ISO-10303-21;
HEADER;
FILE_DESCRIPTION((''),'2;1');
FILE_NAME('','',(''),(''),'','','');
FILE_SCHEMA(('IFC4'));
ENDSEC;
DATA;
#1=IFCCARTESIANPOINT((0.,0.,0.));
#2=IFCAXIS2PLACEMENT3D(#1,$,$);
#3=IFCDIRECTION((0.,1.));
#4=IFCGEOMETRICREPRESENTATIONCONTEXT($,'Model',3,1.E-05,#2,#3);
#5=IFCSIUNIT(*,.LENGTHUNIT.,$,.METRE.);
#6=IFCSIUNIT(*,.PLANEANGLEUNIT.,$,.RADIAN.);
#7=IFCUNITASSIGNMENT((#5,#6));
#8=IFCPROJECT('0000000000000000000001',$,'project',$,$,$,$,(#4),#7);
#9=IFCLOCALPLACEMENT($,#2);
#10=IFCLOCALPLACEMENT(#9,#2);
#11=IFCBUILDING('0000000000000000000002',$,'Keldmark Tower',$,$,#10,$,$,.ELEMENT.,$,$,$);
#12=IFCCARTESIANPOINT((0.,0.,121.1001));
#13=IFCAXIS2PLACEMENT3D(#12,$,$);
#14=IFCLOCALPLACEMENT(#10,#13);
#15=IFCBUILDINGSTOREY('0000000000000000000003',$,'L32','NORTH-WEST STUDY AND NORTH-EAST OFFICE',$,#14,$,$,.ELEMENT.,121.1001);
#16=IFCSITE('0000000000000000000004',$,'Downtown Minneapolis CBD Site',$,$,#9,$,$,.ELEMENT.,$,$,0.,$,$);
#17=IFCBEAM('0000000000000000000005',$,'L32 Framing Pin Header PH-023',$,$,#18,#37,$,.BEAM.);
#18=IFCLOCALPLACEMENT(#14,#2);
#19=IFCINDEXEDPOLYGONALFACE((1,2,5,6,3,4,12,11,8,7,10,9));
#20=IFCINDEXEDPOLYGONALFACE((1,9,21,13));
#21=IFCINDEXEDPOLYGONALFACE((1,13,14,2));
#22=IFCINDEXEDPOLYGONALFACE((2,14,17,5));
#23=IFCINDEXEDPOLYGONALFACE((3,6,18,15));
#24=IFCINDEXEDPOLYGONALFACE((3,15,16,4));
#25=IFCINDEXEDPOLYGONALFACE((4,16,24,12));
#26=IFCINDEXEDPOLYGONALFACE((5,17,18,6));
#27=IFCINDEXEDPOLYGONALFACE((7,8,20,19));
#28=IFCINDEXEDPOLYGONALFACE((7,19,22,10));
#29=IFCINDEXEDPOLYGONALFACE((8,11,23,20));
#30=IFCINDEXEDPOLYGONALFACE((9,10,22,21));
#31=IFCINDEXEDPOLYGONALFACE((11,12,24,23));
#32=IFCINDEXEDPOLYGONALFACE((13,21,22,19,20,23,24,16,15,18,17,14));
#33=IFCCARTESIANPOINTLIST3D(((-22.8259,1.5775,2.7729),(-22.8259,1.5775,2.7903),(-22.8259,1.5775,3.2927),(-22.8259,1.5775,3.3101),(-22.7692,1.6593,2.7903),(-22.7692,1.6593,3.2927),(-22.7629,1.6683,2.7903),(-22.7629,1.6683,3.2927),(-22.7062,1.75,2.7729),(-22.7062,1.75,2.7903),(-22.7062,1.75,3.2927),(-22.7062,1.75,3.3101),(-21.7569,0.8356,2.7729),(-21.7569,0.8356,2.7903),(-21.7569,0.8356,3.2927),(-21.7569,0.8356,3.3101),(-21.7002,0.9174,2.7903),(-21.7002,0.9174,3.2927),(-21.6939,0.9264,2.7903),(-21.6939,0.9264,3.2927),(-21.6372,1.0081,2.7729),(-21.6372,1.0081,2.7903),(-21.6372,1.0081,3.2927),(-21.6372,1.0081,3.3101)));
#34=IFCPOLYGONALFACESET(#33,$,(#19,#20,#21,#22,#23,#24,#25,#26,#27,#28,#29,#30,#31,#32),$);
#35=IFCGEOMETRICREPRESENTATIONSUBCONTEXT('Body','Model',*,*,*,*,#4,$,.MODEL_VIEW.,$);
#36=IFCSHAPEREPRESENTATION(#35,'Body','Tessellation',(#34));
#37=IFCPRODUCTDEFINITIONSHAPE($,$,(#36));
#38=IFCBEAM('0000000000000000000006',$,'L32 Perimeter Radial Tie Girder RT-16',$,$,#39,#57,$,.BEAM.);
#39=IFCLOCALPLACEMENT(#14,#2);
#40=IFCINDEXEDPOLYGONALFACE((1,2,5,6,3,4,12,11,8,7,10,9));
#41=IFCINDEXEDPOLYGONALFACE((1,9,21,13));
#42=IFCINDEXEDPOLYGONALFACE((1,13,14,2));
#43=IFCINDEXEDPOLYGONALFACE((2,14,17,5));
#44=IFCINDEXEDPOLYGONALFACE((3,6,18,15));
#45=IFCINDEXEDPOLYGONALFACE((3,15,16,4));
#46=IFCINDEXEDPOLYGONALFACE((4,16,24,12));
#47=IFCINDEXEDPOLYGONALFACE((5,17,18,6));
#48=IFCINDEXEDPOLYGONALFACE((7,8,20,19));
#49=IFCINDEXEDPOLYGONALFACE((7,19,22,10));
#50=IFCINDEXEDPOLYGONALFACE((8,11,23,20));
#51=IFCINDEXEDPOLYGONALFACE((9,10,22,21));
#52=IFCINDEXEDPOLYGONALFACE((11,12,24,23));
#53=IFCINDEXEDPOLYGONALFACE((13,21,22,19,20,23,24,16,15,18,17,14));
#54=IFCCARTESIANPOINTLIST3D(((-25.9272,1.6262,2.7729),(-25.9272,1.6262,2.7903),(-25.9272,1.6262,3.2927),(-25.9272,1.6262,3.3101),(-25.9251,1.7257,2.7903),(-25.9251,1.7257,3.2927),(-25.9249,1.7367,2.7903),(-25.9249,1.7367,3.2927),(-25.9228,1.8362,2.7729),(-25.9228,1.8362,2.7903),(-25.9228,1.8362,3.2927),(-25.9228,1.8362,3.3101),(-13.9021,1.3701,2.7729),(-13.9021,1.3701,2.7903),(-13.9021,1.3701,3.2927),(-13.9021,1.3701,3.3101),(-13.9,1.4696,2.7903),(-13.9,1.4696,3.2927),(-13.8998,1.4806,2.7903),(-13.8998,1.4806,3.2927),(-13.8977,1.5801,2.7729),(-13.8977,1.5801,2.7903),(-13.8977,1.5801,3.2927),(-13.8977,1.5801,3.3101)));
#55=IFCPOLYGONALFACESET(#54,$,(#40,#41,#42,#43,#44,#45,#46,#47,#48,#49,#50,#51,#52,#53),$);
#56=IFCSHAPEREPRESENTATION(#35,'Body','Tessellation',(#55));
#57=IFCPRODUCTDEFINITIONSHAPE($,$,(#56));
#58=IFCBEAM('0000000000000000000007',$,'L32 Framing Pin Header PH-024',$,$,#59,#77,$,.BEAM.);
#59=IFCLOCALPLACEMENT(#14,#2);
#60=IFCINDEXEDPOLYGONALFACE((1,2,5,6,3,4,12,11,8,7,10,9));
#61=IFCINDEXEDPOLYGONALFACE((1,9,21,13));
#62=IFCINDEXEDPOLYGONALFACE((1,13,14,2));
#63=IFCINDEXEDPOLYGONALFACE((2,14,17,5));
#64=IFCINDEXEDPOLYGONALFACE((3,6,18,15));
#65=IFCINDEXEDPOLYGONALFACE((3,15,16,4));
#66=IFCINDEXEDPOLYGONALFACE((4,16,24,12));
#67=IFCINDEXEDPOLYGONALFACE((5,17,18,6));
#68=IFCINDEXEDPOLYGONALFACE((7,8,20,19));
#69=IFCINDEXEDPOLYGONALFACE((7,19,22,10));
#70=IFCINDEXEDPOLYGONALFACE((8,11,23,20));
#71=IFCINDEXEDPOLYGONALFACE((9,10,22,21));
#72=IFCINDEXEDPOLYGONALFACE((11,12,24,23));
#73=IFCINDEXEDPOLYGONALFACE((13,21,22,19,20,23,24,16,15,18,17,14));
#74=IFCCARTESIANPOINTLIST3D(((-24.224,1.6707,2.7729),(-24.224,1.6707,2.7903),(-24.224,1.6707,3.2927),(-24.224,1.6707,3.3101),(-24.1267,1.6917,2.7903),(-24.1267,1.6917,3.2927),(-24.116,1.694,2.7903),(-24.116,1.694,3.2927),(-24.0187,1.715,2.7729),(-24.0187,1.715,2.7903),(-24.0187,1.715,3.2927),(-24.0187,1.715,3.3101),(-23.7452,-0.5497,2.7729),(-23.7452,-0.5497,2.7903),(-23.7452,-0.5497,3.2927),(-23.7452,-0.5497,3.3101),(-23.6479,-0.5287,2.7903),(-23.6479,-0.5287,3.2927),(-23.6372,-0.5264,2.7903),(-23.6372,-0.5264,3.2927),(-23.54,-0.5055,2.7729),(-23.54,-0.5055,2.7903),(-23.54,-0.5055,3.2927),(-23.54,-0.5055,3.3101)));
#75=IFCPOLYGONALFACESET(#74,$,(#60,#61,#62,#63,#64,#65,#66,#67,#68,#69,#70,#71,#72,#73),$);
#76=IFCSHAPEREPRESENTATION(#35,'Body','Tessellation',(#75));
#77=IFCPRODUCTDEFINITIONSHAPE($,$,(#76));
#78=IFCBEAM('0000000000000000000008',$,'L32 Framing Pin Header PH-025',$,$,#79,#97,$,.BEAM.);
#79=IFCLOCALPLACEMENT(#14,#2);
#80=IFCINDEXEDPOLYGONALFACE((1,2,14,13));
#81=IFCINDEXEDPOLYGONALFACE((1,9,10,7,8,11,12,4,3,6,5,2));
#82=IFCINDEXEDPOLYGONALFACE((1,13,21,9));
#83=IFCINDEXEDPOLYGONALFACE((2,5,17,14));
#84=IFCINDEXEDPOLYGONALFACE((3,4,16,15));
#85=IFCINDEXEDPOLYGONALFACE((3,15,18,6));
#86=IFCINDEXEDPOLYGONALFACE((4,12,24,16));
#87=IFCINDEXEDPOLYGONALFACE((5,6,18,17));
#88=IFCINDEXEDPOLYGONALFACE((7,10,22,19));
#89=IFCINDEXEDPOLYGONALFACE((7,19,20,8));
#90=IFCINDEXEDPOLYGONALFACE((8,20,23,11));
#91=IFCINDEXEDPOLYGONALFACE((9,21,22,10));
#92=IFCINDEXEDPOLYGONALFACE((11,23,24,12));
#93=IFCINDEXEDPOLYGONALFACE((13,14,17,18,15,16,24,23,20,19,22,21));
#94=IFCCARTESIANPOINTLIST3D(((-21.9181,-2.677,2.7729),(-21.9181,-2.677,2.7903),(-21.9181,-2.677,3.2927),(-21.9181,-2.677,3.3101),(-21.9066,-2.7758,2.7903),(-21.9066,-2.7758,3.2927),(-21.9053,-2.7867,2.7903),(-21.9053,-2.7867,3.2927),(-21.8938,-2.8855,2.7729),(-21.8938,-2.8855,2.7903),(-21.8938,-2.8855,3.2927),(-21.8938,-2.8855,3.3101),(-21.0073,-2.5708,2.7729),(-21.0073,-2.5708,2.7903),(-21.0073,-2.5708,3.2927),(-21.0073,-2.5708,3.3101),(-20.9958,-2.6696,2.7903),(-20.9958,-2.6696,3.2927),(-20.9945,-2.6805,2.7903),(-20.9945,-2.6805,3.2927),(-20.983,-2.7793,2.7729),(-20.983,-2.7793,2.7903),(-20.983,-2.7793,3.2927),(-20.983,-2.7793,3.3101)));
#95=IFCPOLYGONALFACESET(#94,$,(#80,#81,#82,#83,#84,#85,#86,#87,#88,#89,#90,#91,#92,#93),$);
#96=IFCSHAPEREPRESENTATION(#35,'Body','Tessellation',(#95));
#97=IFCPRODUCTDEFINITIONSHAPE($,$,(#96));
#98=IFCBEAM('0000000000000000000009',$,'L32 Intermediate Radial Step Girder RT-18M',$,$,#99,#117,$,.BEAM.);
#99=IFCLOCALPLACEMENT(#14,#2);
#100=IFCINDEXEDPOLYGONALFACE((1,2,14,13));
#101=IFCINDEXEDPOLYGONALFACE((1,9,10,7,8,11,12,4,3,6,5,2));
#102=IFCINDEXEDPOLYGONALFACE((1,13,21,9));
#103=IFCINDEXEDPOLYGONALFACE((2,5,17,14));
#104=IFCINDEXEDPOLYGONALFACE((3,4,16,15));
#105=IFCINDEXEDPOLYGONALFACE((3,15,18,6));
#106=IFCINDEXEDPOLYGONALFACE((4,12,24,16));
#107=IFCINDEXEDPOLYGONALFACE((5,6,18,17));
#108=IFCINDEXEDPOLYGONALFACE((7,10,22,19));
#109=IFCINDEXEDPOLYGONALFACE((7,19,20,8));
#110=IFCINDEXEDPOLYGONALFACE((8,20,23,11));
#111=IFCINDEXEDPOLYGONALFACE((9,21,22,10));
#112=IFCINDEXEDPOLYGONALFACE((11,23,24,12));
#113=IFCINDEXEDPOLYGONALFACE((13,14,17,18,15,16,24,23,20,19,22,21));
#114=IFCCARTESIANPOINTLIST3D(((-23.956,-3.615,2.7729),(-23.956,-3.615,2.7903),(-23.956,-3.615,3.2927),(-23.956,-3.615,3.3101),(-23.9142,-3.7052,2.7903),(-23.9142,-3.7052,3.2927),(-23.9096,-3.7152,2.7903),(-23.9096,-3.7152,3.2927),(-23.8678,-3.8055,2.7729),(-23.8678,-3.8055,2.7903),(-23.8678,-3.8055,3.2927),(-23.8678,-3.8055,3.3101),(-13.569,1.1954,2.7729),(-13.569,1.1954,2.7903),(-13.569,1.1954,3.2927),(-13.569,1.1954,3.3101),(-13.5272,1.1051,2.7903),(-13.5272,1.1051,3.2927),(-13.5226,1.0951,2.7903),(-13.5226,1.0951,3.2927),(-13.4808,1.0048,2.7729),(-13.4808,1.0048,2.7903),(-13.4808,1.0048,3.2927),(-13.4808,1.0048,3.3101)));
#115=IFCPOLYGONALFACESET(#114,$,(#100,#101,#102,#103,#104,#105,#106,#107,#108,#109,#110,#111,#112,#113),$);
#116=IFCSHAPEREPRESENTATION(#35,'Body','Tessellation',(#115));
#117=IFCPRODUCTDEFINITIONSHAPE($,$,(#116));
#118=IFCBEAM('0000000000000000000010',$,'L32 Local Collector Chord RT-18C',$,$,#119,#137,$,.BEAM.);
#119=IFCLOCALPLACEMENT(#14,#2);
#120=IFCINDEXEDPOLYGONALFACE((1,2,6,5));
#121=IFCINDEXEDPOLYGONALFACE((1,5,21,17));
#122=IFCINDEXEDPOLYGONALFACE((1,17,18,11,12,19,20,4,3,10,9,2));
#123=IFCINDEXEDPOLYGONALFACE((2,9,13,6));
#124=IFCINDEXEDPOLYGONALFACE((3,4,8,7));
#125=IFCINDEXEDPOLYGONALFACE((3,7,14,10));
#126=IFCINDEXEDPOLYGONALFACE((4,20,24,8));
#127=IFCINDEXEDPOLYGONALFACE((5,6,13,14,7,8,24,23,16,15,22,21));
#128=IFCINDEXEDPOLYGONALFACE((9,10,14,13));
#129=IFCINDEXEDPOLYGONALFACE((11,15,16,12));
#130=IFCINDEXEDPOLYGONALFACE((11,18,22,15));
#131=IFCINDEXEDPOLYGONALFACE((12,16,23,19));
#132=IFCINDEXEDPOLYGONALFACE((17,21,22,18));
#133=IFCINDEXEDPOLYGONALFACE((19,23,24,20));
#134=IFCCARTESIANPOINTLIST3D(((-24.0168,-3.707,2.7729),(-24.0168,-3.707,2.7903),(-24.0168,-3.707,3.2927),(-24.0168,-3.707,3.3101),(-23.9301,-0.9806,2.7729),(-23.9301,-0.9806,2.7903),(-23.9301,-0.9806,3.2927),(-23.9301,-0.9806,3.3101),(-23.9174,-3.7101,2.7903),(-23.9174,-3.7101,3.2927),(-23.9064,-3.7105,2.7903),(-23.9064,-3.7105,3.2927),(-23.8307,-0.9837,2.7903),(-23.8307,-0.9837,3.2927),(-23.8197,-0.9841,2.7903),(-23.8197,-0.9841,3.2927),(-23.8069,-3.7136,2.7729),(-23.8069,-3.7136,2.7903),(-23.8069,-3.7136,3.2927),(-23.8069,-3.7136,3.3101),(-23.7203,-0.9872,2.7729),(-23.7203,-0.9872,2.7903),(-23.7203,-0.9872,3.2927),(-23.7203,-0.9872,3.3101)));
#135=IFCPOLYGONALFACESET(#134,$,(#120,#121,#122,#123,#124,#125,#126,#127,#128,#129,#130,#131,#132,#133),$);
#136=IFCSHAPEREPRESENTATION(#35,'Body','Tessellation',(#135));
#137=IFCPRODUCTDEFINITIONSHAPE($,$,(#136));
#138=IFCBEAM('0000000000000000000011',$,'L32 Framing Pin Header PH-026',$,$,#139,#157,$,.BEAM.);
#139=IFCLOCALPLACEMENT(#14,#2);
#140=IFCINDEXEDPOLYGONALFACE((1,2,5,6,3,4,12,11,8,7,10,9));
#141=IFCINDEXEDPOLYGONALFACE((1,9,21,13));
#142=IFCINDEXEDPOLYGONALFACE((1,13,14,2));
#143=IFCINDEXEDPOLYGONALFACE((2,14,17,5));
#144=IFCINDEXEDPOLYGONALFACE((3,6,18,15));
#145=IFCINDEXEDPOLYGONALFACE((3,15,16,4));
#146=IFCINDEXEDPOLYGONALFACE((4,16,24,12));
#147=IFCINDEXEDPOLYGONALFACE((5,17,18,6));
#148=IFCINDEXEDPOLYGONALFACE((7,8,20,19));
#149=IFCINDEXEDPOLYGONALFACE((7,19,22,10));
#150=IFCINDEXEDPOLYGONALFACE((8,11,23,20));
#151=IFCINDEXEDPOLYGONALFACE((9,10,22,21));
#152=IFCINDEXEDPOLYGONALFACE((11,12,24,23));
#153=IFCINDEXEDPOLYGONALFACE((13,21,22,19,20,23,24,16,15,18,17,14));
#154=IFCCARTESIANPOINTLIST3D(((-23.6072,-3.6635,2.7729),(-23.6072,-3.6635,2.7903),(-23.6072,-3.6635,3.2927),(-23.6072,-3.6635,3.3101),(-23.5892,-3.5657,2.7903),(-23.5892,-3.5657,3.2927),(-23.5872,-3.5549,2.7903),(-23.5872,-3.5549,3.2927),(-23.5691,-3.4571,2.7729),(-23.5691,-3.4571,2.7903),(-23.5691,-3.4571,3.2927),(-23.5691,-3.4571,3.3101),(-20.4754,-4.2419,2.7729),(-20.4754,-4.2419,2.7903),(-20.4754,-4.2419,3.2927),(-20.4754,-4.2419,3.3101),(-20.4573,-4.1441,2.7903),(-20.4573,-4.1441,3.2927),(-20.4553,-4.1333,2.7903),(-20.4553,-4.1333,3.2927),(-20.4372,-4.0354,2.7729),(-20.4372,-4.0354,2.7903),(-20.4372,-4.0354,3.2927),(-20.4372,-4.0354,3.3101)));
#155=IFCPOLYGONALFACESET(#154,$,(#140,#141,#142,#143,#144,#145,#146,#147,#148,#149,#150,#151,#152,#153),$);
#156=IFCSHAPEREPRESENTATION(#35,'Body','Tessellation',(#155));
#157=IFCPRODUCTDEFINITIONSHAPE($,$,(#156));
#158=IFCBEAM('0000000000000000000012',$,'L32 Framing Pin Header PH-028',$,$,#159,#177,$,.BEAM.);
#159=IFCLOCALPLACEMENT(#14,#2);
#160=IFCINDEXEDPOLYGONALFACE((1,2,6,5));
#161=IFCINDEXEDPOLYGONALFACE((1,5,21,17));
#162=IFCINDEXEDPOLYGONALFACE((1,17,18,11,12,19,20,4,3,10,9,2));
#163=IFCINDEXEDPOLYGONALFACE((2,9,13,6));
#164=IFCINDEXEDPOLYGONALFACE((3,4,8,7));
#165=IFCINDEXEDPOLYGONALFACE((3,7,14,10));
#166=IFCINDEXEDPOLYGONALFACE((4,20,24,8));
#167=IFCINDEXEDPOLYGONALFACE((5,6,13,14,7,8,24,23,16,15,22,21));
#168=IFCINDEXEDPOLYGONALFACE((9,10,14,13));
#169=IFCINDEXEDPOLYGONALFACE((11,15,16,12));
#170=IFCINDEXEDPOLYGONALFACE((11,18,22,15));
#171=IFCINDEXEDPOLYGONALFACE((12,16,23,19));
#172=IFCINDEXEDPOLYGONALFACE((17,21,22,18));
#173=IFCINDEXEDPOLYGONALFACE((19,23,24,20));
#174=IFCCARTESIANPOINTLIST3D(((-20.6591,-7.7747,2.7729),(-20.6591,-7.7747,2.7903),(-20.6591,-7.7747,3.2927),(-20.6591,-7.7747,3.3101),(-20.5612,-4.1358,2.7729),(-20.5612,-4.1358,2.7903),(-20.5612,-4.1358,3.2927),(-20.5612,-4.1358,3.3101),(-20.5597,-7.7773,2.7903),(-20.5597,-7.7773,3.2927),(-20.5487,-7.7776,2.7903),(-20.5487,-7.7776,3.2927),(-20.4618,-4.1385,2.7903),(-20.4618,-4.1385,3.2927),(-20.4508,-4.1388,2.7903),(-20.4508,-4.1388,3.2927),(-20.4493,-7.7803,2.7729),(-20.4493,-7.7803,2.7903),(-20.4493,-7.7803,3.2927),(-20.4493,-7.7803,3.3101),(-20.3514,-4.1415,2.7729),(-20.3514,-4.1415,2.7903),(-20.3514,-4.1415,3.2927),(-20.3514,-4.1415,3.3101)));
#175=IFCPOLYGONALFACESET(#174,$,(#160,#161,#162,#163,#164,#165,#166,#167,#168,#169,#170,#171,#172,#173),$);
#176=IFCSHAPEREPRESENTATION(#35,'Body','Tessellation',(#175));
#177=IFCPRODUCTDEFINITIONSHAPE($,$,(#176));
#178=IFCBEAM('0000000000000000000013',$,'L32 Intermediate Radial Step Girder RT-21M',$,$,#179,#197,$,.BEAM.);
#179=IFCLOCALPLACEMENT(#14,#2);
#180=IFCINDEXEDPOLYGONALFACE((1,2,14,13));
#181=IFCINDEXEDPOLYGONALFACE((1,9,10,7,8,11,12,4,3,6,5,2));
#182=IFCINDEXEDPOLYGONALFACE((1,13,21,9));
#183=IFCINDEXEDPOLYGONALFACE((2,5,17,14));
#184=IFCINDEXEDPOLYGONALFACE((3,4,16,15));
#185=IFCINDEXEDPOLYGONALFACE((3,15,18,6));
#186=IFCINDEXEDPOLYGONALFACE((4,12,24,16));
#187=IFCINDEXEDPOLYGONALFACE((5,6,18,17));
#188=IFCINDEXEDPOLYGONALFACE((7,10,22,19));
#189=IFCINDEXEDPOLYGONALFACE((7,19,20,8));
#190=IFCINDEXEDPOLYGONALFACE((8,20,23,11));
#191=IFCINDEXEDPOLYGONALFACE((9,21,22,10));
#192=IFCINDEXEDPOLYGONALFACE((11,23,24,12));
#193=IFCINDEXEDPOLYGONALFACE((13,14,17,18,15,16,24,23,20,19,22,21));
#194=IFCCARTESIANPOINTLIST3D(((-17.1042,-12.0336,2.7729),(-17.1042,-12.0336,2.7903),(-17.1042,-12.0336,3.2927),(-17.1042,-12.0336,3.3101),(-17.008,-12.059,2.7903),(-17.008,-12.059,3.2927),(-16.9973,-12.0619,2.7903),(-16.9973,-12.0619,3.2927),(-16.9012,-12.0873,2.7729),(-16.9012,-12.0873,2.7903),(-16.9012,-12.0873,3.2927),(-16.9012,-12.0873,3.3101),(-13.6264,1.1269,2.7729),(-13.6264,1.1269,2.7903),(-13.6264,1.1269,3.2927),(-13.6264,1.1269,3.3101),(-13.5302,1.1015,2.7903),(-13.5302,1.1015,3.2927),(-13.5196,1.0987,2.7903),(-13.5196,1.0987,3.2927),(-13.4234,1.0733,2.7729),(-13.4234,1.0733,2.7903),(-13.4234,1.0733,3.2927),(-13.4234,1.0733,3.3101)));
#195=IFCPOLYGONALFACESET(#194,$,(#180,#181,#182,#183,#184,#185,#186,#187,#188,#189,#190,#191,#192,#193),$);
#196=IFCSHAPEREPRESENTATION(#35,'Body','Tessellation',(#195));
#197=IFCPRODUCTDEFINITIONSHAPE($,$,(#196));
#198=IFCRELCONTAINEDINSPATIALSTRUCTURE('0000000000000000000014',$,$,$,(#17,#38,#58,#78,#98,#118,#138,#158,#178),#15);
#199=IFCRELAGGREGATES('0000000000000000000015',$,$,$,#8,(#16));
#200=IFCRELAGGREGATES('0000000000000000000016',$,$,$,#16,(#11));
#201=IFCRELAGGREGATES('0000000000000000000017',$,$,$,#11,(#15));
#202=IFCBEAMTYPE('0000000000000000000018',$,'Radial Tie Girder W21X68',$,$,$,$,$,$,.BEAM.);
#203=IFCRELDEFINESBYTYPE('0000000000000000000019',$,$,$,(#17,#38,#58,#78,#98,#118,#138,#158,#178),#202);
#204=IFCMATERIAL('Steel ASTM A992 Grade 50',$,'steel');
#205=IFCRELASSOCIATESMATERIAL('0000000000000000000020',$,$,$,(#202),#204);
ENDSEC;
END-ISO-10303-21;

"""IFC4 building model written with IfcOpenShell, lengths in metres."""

from ifc_helpers import new_model, si_unit, direction, frame, origin, origin_2d, place, context, subcontext, project, spatial, i_section, extrude, material, material_profile, profile_set, type_object, element, save


model = new_model("IFC4")

# Units and contexts
model_context = context("Model", 3, precision=1e-05, world=origin(), true_north=direction((0.0, 1.0)))
body_context = subcontext(model_context, "Body", "Model", "MODEL_VIEW")
ifc_project = project(units=[si_unit("LENGTHUNIT", "METRE"), si_unit("PLANEANGLEUNIT", "RADIAN")], contexts=[model_context])

# Site, building, storey
site_placement = place(None, origin())
site = spatial("IfcSite", under=ifc_project, at=site_placement, Name="Downtown Minneapolis CBD Site", CompositionType="ELEMENT", RefElevation=0.0)
building_placement = place(site_placement, origin())
building = spatial("IfcBuilding", under=site, at=building_placement, Name="Keldmark Tower", CompositionType="ELEMENT")
storey_placement = place(building_placement, frame((0.0, 0.0, 121.1001)))
storey = spatial("IfcBuildingStorey", under=building, at=storey_placement, Name="L32", Description="NORTH-WEST STUDY AND NORTH-EAST OFFICE", CompositionType="ELEMENT", Elevation=121.1001)

# Beams
ifc_material_1 = material(Name="Steel ASTM A992 Grade 50", Category="steel")
ifc_material_profile_1 = material_profile(ifc_material_1, i_section(OverallWidth=0.21, OverallDepth=0.5371, WebThickness=0.011, FlangeThickness=0.0173, at=origin_2d()), Name="W21X68")
ifc_profile_set_1 = profile_set([ifc_material_profile_1], Name="Steel ASTM A992 Grade 50")
beam_type_1 = type_object("IfcBeamType", Name="Radial Tie Girder W21X68", PredefinedType="BEAM", material=ifc_profile_set_1)
beam_1_placement = place(storey_placement, frame((-21.697, 0.9219, 3.0415), z_axis=(-0.821543, 0.570146, 0.0), x_axis=(-0.570146, -0.821543, 0.0)))
element("IfcBeam", 1, at=beam_1_placement, inside=storey, type_object=beam_type_1, Name="L32 Framing Pin Header PH-023", PredefinedType="BEAM", context=body_context, shape_type="SweptSolid", body=[
    extrude(i_section(OverallWidth=0.21, OverallDepth=0.5371, WebThickness=0.011, FlangeThickness=0.0173, at=origin_2d()), origin(), (0.0, 0.0, 1.0), 1.3013),
])
beam_2_placement = place(storey_placement, frame((-13.8999, 1.4751, 3.0415), z_axis=(-0.999773, 0.021293, 0.0), x_axis=(-0.021293, -0.999773, 0.0)))
element("IfcBeam", 2, at=beam_2_placement, inside=storey, type_object=beam_type_1, Name="L32 Perimeter Radial Tie Girder RT-16", PredefinedType="BEAM", context=body_context, shape_type="SweptSolid", body=[
    extrude(i_section(OverallWidth=0.21, OverallDepth=0.5371, WebThickness=0.011, FlangeThickness=0.0173, at=origin_2d()), origin(), (0.0, 0.0, 1.0), 12.0278),
])
beam_3_placement = place(storey_placement, frame((-24.1213, 1.6929, 3.0415), z_axis=(0.210769, -0.977536, 0.0), x_axis=(0.977536, 0.210769, 0.0)))
element("IfcBeam", 3, at=beam_3_placement, inside=storey, type_object=beam_type_1, Name="L32 Framing Pin Header PH-024", PredefinedType="BEAM", context=body_context, shape_type="SweptSolid", body=[
    extrude(i_section(OverallWidth=0.21, OverallDepth=0.5371, WebThickness=0.011, FlangeThickness=0.0173, at=origin_2d()), origin(), (0.0, 0.0, 1.0), 2.2715),
])
beam_4_placement = place(storey_placement, frame((-20.9951, -2.675, 3.0415), z_axis=(-0.993272, -0.115806, 0.0), x_axis=(0.115806, -0.993272, 0.0)))
element("IfcBeam", 4, at=beam_4_placement, inside=storey, type_object=beam_type_1, Name="L32 Framing Pin Header PH-025", PredefinedType="BEAM", context=body_context, shape_type="SweptSolid", body=[
    extrude(i_section(OverallWidth=0.21, OverallDepth=0.5371, WebThickness=0.011, FlangeThickness=0.0173, at=origin_2d()), origin(), (0.0, 0.0, 1.0), 0.917),
])
beam_5_placement = place(storey_placement, frame((-13.5249, 1.1001, 3.0415), z_axis=(-0.907416, -0.420233, 0.0), x_axis=(0.420233, -0.907416, 0.0)))
element("IfcBeam", 5, at=beam_5_placement, inside=storey, type_object=beam_type_1, Name="L32 Intermediate Radial Step Girder RT-18M", PredefinedType="BEAM", context=body_context, shape_type="SweptSolid", body=[
    extrude(i_section(OverallWidth=0.21, OverallDepth=0.5371, WebThickness=0.011, FlangeThickness=0.0173, at=origin_2d()), origin(), (0.0, 0.0, 1.0), 11.4468),
])
beam_6_placement = place(storey_placement, frame((-23.8252, -0.9839, 3.0415), z_axis=(-0.031774, -0.999495, 0.0), x_axis=(0.999495, -0.031774, 0.0)))
element("IfcBeam", 6, at=beam_6_placement, inside=storey, type_object=beam_type_1, Name="L32 Local Collector Chord RT-18C", PredefinedType="BEAM", context=body_context, shape_type="SweptSolid", body=[
    extrude(i_section(OverallWidth=0.21, OverallDepth=0.5371, WebThickness=0.011, FlangeThickness=0.0173, at=origin_2d()), origin(), (0.0, 0.0, 1.0), 2.7278),
])
beam_7_placement = place(storey_placement, frame((-20.4563, -4.1387, 3.0415), z_axis=(-0.983372, 0.181603, 0.0), x_axis=(-0.181603, -0.983372, 0.0)))
element("IfcBeam", 7, at=beam_7_placement, inside=storey, type_object=beam_type_1, Name="L32 Framing Pin Header PH-026", PredefinedType="BEAM", context=body_context, shape_type="SweptSolid", body=[
    extrude(i_section(OverallWidth=0.21, OverallDepth=0.5371, WebThickness=0.011, FlangeThickness=0.0173, at=origin_2d()), origin(), (0.0, 0.0, 1.0), 3.1848),
])
beam_8_placement = place(storey_placement, frame((-20.4563, -4.1387, 3.0415), z_axis=(-0.026894, -0.999638, 0.0), x_axis=(0.999638, -0.026894, 0.0)))
element("IfcBeam", 8, at=beam_8_placement, inside=storey, type_object=beam_type_1, Name="L32 Framing Pin Header PH-028", PredefinedType="BEAM", context=body_context, shape_type="SweptSolid", body=[
    extrude(i_section(OverallWidth=0.21, OverallDepth=0.5371, WebThickness=0.011, FlangeThickness=0.0173, at=origin_2d()), origin(), (0.0, 0.0, 1.0), 3.6401),
])
beam_9_placement = place(storey_placement, frame((-13.5249, 1.1001, 3.0415), z_axis=(-0.255486, -0.966813, 0.0), x_axis=(0.966813, -0.255486, 0.0)))
element("IfcBeam", 9, at=beam_9_placement, inside=storey, type_object=beam_type_1, Name="L32 Intermediate Radial Step Girder RT-21M", PredefinedType="BEAM", context=body_context, shape_type="SweptSolid", body=[
    extrude(i_section(OverallWidth=0.21, OverallDepth=0.5371, WebThickness=0.011, FlangeThickness=0.0173, at=origin_2d()), origin(), (0.0, 0.0, 1.0), 13.6123),
])

save(model, "model.ifc")
